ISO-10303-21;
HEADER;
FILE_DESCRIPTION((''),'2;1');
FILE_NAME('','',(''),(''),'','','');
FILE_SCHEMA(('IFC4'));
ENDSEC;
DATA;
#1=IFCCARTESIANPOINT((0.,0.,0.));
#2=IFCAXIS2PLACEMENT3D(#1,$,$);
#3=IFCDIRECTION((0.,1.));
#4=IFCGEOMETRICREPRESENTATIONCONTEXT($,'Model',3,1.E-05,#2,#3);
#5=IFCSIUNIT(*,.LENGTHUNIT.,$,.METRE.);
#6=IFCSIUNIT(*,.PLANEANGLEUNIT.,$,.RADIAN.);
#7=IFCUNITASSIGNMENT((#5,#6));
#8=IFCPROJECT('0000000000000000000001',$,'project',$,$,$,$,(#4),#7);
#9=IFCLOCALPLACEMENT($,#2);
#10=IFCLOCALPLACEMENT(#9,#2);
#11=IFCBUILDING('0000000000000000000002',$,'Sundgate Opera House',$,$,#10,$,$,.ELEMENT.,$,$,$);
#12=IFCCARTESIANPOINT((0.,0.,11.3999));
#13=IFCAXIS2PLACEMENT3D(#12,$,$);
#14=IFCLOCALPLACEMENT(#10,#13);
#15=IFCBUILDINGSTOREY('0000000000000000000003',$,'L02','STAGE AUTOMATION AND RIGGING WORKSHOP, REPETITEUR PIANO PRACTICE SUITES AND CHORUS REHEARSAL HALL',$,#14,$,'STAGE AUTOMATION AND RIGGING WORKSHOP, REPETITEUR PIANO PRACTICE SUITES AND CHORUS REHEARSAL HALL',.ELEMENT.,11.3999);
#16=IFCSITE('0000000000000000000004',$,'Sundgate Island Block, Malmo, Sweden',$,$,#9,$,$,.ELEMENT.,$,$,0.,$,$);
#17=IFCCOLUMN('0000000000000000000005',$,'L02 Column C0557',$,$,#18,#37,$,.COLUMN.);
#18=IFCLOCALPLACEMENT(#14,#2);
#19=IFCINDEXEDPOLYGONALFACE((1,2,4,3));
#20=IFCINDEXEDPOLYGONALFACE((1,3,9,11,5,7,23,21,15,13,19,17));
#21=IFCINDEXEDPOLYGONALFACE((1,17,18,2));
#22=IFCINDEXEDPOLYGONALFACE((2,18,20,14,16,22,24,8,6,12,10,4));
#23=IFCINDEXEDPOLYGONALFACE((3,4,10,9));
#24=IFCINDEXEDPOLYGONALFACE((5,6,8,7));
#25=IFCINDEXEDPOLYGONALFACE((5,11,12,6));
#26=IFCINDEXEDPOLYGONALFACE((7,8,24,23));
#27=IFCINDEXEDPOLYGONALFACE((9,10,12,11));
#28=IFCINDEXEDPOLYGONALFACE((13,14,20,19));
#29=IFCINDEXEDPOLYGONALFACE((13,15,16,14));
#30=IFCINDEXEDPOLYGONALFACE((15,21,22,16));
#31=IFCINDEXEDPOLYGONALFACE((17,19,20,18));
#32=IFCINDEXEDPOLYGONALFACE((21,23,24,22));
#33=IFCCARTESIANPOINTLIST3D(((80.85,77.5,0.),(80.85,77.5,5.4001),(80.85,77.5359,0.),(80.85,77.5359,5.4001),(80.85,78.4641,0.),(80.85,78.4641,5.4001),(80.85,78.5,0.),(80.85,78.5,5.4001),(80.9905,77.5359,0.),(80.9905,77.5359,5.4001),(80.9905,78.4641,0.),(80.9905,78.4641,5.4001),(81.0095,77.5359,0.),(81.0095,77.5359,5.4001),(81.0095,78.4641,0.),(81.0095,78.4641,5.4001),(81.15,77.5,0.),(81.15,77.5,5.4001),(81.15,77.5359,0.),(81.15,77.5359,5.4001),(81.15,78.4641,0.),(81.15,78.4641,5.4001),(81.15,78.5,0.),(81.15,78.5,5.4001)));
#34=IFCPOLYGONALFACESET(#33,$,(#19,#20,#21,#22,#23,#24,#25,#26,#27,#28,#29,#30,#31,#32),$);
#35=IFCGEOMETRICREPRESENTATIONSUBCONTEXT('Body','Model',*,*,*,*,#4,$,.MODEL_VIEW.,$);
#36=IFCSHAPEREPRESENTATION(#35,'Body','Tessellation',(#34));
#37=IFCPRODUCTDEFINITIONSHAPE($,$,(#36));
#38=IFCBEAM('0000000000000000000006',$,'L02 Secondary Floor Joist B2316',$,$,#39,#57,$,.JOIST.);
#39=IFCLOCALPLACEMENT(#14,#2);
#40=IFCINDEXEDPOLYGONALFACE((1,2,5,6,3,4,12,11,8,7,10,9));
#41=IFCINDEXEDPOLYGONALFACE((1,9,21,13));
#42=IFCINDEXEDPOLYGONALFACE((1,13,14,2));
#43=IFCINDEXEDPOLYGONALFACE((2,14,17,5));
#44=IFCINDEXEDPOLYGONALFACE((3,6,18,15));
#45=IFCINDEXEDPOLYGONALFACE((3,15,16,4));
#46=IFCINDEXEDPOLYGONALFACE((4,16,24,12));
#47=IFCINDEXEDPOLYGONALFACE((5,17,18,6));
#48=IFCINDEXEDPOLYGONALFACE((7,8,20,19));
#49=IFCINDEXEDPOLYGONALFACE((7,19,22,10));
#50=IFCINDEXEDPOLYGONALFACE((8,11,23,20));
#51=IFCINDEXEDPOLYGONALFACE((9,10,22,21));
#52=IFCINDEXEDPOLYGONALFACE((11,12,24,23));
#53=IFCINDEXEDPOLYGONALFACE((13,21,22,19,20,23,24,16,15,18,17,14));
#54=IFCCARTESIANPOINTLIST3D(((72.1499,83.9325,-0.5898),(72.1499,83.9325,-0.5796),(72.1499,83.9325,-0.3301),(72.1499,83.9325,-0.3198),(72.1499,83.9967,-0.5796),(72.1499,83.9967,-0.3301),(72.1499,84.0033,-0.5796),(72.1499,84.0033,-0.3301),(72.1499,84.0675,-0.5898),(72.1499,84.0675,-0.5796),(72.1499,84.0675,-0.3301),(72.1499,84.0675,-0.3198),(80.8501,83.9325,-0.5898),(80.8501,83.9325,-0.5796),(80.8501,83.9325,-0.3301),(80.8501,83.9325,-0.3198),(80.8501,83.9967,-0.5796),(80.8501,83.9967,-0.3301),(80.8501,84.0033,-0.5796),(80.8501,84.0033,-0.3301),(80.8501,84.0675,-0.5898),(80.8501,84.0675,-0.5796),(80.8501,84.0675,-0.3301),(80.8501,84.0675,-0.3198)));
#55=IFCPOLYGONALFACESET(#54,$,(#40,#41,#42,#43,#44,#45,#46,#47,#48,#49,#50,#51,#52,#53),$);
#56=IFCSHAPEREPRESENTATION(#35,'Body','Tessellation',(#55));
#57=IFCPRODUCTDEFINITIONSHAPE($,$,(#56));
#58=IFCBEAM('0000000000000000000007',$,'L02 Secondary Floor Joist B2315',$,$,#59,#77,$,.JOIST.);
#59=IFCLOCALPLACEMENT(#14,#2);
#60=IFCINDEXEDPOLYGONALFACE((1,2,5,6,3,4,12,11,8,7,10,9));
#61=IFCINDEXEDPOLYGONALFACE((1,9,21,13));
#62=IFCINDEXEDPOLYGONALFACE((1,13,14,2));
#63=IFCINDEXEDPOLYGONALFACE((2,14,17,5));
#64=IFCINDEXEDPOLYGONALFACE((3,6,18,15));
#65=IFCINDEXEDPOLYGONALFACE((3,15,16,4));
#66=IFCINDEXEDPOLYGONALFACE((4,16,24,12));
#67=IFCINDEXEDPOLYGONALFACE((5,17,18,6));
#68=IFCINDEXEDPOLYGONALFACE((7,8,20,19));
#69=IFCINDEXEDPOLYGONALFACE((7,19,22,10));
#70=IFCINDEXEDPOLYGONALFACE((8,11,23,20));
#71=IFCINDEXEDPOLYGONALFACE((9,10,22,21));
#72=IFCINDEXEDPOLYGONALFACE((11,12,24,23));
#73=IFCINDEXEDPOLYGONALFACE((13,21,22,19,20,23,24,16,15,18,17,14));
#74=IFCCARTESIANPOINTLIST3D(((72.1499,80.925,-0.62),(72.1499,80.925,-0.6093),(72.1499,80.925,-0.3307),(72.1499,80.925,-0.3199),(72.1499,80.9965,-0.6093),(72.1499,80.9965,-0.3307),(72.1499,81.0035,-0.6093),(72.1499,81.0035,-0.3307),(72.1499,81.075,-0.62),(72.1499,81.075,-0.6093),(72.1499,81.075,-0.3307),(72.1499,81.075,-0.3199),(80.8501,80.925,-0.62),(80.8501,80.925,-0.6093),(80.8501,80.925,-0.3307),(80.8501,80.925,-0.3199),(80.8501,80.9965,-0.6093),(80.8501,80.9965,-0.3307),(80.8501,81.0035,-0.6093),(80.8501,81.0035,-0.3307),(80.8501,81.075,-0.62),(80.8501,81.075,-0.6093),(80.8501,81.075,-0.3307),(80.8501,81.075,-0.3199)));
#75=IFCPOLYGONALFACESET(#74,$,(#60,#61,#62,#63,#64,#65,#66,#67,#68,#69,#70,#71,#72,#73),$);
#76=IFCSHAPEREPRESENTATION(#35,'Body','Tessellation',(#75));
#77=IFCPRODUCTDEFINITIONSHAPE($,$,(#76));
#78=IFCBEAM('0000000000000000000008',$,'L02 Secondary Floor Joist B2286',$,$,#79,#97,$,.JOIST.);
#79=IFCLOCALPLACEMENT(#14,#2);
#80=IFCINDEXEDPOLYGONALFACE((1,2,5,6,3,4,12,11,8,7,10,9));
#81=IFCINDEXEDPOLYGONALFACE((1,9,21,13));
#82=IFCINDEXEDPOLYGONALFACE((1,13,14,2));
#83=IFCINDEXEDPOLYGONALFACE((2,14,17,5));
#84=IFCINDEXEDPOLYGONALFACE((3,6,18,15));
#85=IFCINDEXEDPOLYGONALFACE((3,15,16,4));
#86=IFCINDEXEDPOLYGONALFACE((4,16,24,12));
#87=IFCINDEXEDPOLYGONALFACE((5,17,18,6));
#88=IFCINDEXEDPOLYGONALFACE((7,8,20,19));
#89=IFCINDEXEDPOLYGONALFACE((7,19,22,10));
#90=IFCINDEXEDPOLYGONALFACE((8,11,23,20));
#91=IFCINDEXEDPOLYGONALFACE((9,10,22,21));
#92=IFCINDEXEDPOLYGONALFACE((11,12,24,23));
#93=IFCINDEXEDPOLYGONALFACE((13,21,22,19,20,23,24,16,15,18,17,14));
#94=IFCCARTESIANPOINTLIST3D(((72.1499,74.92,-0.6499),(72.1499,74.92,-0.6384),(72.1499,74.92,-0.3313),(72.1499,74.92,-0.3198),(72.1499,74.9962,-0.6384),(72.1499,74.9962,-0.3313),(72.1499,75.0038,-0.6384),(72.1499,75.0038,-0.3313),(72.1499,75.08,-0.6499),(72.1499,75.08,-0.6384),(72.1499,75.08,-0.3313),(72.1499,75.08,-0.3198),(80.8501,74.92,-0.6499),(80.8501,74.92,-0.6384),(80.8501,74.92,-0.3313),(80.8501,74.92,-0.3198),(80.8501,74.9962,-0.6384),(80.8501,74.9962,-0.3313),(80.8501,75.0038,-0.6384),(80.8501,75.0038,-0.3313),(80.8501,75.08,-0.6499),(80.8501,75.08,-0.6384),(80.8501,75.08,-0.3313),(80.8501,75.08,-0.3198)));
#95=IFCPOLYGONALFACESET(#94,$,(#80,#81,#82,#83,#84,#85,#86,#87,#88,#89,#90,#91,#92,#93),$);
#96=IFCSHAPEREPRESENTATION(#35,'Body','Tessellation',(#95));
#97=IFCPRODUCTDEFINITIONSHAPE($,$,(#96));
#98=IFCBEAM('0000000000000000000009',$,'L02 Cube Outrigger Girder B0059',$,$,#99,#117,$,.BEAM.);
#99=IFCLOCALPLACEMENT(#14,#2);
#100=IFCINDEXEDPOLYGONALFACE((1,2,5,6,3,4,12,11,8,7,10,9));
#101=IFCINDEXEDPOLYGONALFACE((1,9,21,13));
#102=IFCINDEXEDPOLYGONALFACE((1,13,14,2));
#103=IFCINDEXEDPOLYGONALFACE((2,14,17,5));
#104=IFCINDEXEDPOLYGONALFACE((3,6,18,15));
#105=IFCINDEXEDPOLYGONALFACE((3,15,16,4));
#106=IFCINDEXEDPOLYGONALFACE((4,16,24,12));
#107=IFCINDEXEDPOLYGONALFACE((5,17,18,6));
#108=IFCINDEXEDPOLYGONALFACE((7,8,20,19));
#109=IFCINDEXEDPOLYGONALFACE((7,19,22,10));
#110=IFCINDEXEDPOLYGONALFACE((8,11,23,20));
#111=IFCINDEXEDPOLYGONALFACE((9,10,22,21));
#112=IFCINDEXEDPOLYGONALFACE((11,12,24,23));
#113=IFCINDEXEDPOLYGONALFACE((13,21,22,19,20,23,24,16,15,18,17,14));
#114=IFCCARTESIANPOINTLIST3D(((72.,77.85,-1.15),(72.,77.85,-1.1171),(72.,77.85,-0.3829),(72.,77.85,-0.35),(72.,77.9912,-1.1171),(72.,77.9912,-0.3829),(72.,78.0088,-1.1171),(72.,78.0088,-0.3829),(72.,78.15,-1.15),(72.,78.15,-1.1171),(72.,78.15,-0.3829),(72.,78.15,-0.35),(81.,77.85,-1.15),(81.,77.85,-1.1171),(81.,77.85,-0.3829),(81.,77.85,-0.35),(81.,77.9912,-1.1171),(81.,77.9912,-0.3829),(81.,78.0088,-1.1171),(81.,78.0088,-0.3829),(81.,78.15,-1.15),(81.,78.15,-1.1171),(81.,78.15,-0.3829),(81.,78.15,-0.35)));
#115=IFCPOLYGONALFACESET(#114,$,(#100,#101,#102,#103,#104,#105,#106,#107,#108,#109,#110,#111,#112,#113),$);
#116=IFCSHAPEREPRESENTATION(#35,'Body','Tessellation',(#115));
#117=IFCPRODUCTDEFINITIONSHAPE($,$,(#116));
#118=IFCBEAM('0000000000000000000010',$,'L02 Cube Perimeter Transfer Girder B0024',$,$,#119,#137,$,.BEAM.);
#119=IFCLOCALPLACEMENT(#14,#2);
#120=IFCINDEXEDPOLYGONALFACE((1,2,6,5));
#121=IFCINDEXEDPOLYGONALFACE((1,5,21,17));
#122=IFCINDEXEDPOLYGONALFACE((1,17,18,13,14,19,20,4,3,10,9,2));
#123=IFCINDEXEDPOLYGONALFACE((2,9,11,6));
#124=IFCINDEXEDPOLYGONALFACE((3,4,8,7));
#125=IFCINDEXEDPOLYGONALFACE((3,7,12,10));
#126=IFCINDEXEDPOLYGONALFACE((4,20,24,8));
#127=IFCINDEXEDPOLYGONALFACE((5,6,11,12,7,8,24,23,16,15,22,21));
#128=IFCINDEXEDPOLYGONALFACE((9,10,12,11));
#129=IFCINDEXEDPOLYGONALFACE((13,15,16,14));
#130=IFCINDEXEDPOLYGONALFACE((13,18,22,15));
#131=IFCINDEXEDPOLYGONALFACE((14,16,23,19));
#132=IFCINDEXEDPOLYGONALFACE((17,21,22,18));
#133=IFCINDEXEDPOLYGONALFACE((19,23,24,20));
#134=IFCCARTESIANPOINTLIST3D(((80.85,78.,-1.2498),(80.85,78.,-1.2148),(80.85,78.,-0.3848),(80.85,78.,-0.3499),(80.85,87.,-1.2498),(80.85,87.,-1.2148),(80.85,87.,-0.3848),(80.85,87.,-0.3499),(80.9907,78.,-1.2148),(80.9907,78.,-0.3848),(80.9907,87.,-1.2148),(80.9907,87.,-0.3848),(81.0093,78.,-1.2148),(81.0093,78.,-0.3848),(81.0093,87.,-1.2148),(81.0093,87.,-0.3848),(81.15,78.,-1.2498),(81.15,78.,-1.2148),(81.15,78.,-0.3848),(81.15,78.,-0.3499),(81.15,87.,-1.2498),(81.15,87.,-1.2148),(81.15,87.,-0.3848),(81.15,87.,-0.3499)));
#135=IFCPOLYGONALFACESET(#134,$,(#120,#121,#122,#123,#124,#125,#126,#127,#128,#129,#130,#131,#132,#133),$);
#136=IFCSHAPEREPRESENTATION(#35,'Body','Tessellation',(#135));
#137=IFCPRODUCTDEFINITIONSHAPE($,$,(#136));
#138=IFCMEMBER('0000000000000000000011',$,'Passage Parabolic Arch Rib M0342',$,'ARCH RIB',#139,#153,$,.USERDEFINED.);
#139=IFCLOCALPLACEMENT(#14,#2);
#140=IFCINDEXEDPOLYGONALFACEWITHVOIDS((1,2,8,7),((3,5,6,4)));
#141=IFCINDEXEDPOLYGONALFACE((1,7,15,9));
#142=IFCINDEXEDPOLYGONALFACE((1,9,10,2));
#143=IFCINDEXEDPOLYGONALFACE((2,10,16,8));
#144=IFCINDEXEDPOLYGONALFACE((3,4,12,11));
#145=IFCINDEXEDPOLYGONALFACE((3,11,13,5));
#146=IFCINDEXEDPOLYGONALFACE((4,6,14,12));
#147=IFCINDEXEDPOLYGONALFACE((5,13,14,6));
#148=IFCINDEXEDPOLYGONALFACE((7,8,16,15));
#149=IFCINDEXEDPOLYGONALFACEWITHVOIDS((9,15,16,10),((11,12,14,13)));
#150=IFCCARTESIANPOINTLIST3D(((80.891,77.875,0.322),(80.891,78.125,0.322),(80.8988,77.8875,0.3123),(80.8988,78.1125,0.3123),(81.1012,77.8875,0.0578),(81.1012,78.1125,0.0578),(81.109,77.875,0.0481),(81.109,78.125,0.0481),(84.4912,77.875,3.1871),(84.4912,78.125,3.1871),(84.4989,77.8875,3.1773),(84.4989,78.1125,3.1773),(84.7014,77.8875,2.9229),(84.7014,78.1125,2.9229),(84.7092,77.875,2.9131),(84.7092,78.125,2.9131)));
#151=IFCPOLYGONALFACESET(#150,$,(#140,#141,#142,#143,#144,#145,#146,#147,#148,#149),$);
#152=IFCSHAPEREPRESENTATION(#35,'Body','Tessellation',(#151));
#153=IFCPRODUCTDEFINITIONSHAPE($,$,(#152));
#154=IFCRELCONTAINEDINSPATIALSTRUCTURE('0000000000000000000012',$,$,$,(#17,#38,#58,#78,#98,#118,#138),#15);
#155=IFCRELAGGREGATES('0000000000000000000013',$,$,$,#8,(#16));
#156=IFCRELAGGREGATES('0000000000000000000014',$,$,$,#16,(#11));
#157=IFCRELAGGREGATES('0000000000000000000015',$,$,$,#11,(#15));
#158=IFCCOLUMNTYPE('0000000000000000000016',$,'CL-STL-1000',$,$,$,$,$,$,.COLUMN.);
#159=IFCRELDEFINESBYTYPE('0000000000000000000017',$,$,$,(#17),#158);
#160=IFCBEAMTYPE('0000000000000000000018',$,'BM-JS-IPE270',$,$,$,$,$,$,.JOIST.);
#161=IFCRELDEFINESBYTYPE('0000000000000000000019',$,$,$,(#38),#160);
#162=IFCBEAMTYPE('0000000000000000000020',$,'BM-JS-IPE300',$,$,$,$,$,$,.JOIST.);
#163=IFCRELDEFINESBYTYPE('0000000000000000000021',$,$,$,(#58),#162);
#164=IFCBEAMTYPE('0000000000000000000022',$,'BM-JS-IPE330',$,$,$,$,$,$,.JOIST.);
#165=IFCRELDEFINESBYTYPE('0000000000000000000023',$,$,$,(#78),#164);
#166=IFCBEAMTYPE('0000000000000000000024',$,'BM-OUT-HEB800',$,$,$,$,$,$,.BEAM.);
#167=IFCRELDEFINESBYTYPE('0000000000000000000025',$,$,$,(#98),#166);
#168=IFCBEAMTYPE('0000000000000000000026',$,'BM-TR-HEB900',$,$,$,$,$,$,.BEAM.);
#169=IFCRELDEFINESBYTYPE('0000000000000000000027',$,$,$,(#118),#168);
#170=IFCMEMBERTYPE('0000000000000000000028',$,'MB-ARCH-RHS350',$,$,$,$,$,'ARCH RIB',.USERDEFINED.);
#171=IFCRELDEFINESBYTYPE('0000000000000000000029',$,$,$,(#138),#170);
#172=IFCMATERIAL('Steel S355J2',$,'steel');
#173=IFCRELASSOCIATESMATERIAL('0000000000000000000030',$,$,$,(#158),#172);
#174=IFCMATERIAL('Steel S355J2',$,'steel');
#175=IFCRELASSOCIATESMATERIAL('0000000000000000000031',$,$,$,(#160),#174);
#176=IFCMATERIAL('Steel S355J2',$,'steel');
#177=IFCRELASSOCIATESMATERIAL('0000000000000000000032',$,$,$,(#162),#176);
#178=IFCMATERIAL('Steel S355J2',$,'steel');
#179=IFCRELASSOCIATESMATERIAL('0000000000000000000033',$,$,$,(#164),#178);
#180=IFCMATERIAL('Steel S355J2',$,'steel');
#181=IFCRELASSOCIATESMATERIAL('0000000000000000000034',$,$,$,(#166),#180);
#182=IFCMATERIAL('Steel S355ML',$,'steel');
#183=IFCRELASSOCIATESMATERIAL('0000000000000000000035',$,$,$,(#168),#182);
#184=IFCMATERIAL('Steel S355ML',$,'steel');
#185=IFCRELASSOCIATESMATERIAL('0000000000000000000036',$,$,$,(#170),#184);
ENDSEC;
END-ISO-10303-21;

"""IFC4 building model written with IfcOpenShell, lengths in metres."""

from ifc_helpers import new_model, si_unit, direction, frame, origin, origin_2d, place, context, subcontext, project, spatial, hollow_rectangle, i_section, extrude, material, material_profile, profile_set, type_object, element, save


model = new_model("IFC4")

# Units and contexts
model_context = context("Model", 3, precision=1e-05, world=origin(), true_north=direction((0.0, 1.0)))
body_context = subcontext(model_context, "Body", "Model", "MODEL_VIEW")
ifc_project = project(units=[si_unit("LENGTHUNIT", "METRE"), si_unit("PLANEANGLEUNIT", "RADIAN")], contexts=[model_context])

# Site, building, storey
site_placement = place(None, origin())
site = spatial("IfcSite", under=ifc_project, at=site_placement, Name="Sundgate Island Block, Malmo, Sweden", CompositionType="ELEMENT", RefElevation=0.0)
building_placement = place(site_placement, origin())
building = spatial("IfcBuilding", under=site, at=building_placement, Name="Sundgate Opera House", CompositionType="ELEMENT")
storey_placement = place(building_placement, frame((0.0, 0.0, 11.3999)))
storey = spatial("IfcBuildingStorey", under=building, at=storey_placement, Name="L02", Description="STAGE AUTOMATION AND RIGGING WORKSHOP, REPETITEUR PIANO PRACTICE SUITES AND CHORUS REHEARSAL HALL", LongName="STAGE AUTOMATION AND RIGGING WORKSHOP, REPETITEUR PIANO PRACTICE SUITES AND CHORUS REHEARSAL HALL", CompositionType="ELEMENT", Elevation=11.3999)

# Column
ifc_material_1 = material(Name="Steel S355J2", Category="steel")
ifc_material_profile_1 = material_profile(ifc_material_1, i_section(OverallWidth=0.3, OverallDepth=1.0, WebThickness=0.019, FlangeThickness=0.0359, at=origin_2d()), Name="HEB 1000")
ifc_profile_set_1 = profile_set([ifc_material_profile_1], Name="Steel S355J2")
column_type = type_object("IfcColumnType", Name="CL-STL-1000", PredefinedType="COLUMN", material=ifc_profile_set_1)
column_placement = place(storey_placement, frame((81.0, 78.0, 0.0), z_axis=(0.0, 0.0, 1.0), x_axis=(1.0, 0.0, 0.0)))
element("IfcColumn", 1, at=column_placement, inside=storey, type_object=column_type, Name="L02 Column C0557", PredefinedType="COLUMN", context=body_context, shape_type="SweptSolid", body=[
    extrude(i_section(OverallWidth=0.3, OverallDepth=1.0, WebThickness=0.019, FlangeThickness=0.0359, at=origin_2d()), origin(), (0.0, 0.0, 1.0), 5.4001),
])

# Beams
ifc_material_2 = material(Name="Steel S355J2", Category="steel")
ifc_material_profile_2 = material_profile(ifc_material_2, i_section(OverallWidth=0.135, OverallDepth=0.27, WebThickness=0.0066, FlangeThickness=0.0103, at=origin_2d()), Name="IPE 270")
ifc_profile_set_2 = profile_set([ifc_material_profile_2], Name="Steel S355J2")
beam_type_1 = type_object("IfcBeamType", Name="BM-JS-IPE270", PredefinedType="JOIST", material=ifc_profile_set_2)
beam_1_placement = place(storey_placement, frame((72.1499, 84.0, -0.4548), z_axis=(1.0, 0.0, 0.0), x_axis=(0.0, 1.0, 0.0)))
element("IfcBeam", 2, at=beam_1_placement, inside=storey, type_object=beam_type_1, Name="L02 Secondary Floor Joist B2316", PredefinedType="JOIST", context=body_context, shape_type="SweptSolid", body=[
    extrude(i_section(OverallWidth=0.135, OverallDepth=0.27, WebThickness=0.0066, FlangeThickness=0.0103, at=origin_2d()), origin(), (0.0, 0.0, 1.0), 8.7002),
])
ifc_material_3 = material(Name="Steel S355J2", Category="steel")
ifc_material_profile_3 = material_profile(ifc_material_3, i_section(OverallWidth=0.1499, OverallDepth=0.3, WebThickness=0.0071, FlangeThickness=0.0107, at=origin_2d()), Name="IPE 300")
ifc_profile_set_3 = profile_set([ifc_material_profile_3], Name="Steel S355J2")
beam_type_2 = type_object("IfcBeamType", Name="BM-JS-IPE300", PredefinedType="JOIST", material=ifc_profile_set_3)
beam_2_placement = place(storey_placement, frame((72.1499, 81.0, -0.47), z_axis=(1.0, 0.0, 0.0), x_axis=(0.0, 1.0, 0.0)))
element("IfcBeam", 3, at=beam_2_placement, inside=storey, type_object=beam_type_2, Name="L02 Secondary Floor Joist B2315", PredefinedType="JOIST", context=body_context, shape_type="SweptSolid", body=[
    extrude(i_section(OverallWidth=0.1499, OverallDepth=0.3, WebThickness=0.0071, FlangeThickness=0.0107, at=origin_2d()), origin(), (0.0, 0.0, 1.0), 8.7002),
])
ifc_material_4 = material(Name="Steel S355J2", Category="steel")
ifc_material_profile_4 = material_profile(ifc_material_4, i_section(OverallWidth=0.1599, OverallDepth=0.3301, WebThickness=0.0076, FlangeThickness=0.0115, at=origin_2d()), Name="IPE 330")
ifc_profile_set_4 = profile_set([ifc_material_profile_4], Name="Steel S355J2")
beam_type_3 = type_object("IfcBeamType", Name="BM-JS-IPE330", PredefinedType="JOIST", material=ifc_profile_set_4)
beam_3_placement = place(storey_placement, frame((72.1499, 75.0, -0.4849), z_axis=(1.0, 0.0, 0.0), x_axis=(0.0, 1.0, 0.0)))
element("IfcBeam", 4, at=beam_3_placement, inside=storey, type_object=beam_type_3, Name="L02 Secondary Floor Joist B2286", PredefinedType="JOIST", context=body_context, shape_type="SweptSolid", body=[
    extrude(i_section(OverallWidth=0.1599, OverallDepth=0.3301, WebThickness=0.0076, FlangeThickness=0.0115, at=origin_2d()), origin(), (0.0, 0.0, 1.0), 8.7002),
])
ifc_material_5 = material(Name="Steel S355J2", Category="steel")
ifc_material_profile_5 = material_profile(ifc_material_5, i_section(OverallWidth=0.3, OverallDepth=0.8, WebThickness=0.0176, FlangeThickness=0.033, at=origin_2d()), Name="HEB 800")
ifc_profile_set_5 = profile_set([ifc_material_profile_5], Name="Steel S355J2")
beam_type_4 = type_object("IfcBeamType", Name="BM-OUT-HEB800", PredefinedType="BEAM", material=ifc_profile_set_5)
beam_4_placement = place(storey_placement, frame((72.0, 78.0, -0.75), z_axis=(1.0, 0.0, 0.0), x_axis=(0.0, 1.0, 0.0)))
element("IfcBeam", 5, at=beam_4_placement, inside=storey, type_object=beam_type_4, Name="L02 Cube Outrigger Girder B0059", PredefinedType="BEAM", context=body_context, shape_type="SweptSolid", body=[
    extrude(i_section(OverallWidth=0.3, OverallDepth=0.8, WebThickness=0.0176, FlangeThickness=0.033, at=origin_2d()), origin(), (0.0, 0.0, 1.0), 9.0),
])
ifc_material_6 = material(Name="Steel S355ML", Category="steel")
ifc_material_profile_6 = material_profile(ifc_material_6, i_section(OverallWidth=0.3, OverallDepth=0.8999, WebThickness=0.0186, FlangeThickness=0.0349, at=origin_2d()), Name="HEB 900")
ifc_profile_set_6 = profile_set([ifc_material_profile_6], Name="Steel S355ML")
beam_type_5 = type_object("IfcBeamType", Name="BM-TR-HEB900", PredefinedType="BEAM", material=ifc_profile_set_6)
beam_5_placement = place(storey_placement, frame((81.0, 78.0, -0.7998), z_axis=(0.0, 1.0, 0.0), x_axis=(-1.0, 0.0, 0.0)))
element("IfcBeam", 6, at=beam_5_placement, inside=storey, type_object=beam_type_5, Name="L02 Cube Perimeter Transfer Girder B0024", PredefinedType="BEAM", context=body_context, shape_type="SweptSolid", body=[
    extrude(i_section(OverallWidth=0.3, OverallDepth=0.8999, WebThickness=0.0186, FlangeThickness=0.0349, at=origin_2d()), origin(), (0.0, 0.0, 1.0), 9.0),
])

# Member
ifc_material_7 = material(Name="Steel S355ML", Category="steel")
ifc_material_profile_7 = material_profile(ifc_material_7, hollow_rectangle(XDim=0.25, YDim=0.3501, WallThickness=0.0125, at=origin_2d()), Name="RHS 350x250x12.5")
ifc_profile_set_7 = profile_set([ifc_material_profile_7], Name="Steel S355ML")
member_type_1 = type_object("IfcMemberType", Name="MB-ARCH-RHS350", ElementType="ARCH RIB", PredefinedType="USERDEFINED", material=ifc_profile_set_7)
member_1_placement = place(storey_placement, frame((81.0, 78.0, 0.1851), z_axis=(0.782466, 0.0, 0.622693), x_axis=(0.0, 1.0, 0.0)))
element("IfcMember", 7, at=member_1_placement, inside=storey, type_object=member_type_1, Name="Passage Parabolic Arch Rib M0342", ObjectType="ARCH RIB", PredefinedType="USERDEFINED", context=body_context, shape_type="SweptSolid", body=[
    extrude(hollow_rectangle(XDim=0.25, YDim=0.3501, WallThickness=0.0125, at=origin_2d()), origin(), (0.0, 0.0, 1.0), 4.6011),
])

save(model, "model.ifc")
